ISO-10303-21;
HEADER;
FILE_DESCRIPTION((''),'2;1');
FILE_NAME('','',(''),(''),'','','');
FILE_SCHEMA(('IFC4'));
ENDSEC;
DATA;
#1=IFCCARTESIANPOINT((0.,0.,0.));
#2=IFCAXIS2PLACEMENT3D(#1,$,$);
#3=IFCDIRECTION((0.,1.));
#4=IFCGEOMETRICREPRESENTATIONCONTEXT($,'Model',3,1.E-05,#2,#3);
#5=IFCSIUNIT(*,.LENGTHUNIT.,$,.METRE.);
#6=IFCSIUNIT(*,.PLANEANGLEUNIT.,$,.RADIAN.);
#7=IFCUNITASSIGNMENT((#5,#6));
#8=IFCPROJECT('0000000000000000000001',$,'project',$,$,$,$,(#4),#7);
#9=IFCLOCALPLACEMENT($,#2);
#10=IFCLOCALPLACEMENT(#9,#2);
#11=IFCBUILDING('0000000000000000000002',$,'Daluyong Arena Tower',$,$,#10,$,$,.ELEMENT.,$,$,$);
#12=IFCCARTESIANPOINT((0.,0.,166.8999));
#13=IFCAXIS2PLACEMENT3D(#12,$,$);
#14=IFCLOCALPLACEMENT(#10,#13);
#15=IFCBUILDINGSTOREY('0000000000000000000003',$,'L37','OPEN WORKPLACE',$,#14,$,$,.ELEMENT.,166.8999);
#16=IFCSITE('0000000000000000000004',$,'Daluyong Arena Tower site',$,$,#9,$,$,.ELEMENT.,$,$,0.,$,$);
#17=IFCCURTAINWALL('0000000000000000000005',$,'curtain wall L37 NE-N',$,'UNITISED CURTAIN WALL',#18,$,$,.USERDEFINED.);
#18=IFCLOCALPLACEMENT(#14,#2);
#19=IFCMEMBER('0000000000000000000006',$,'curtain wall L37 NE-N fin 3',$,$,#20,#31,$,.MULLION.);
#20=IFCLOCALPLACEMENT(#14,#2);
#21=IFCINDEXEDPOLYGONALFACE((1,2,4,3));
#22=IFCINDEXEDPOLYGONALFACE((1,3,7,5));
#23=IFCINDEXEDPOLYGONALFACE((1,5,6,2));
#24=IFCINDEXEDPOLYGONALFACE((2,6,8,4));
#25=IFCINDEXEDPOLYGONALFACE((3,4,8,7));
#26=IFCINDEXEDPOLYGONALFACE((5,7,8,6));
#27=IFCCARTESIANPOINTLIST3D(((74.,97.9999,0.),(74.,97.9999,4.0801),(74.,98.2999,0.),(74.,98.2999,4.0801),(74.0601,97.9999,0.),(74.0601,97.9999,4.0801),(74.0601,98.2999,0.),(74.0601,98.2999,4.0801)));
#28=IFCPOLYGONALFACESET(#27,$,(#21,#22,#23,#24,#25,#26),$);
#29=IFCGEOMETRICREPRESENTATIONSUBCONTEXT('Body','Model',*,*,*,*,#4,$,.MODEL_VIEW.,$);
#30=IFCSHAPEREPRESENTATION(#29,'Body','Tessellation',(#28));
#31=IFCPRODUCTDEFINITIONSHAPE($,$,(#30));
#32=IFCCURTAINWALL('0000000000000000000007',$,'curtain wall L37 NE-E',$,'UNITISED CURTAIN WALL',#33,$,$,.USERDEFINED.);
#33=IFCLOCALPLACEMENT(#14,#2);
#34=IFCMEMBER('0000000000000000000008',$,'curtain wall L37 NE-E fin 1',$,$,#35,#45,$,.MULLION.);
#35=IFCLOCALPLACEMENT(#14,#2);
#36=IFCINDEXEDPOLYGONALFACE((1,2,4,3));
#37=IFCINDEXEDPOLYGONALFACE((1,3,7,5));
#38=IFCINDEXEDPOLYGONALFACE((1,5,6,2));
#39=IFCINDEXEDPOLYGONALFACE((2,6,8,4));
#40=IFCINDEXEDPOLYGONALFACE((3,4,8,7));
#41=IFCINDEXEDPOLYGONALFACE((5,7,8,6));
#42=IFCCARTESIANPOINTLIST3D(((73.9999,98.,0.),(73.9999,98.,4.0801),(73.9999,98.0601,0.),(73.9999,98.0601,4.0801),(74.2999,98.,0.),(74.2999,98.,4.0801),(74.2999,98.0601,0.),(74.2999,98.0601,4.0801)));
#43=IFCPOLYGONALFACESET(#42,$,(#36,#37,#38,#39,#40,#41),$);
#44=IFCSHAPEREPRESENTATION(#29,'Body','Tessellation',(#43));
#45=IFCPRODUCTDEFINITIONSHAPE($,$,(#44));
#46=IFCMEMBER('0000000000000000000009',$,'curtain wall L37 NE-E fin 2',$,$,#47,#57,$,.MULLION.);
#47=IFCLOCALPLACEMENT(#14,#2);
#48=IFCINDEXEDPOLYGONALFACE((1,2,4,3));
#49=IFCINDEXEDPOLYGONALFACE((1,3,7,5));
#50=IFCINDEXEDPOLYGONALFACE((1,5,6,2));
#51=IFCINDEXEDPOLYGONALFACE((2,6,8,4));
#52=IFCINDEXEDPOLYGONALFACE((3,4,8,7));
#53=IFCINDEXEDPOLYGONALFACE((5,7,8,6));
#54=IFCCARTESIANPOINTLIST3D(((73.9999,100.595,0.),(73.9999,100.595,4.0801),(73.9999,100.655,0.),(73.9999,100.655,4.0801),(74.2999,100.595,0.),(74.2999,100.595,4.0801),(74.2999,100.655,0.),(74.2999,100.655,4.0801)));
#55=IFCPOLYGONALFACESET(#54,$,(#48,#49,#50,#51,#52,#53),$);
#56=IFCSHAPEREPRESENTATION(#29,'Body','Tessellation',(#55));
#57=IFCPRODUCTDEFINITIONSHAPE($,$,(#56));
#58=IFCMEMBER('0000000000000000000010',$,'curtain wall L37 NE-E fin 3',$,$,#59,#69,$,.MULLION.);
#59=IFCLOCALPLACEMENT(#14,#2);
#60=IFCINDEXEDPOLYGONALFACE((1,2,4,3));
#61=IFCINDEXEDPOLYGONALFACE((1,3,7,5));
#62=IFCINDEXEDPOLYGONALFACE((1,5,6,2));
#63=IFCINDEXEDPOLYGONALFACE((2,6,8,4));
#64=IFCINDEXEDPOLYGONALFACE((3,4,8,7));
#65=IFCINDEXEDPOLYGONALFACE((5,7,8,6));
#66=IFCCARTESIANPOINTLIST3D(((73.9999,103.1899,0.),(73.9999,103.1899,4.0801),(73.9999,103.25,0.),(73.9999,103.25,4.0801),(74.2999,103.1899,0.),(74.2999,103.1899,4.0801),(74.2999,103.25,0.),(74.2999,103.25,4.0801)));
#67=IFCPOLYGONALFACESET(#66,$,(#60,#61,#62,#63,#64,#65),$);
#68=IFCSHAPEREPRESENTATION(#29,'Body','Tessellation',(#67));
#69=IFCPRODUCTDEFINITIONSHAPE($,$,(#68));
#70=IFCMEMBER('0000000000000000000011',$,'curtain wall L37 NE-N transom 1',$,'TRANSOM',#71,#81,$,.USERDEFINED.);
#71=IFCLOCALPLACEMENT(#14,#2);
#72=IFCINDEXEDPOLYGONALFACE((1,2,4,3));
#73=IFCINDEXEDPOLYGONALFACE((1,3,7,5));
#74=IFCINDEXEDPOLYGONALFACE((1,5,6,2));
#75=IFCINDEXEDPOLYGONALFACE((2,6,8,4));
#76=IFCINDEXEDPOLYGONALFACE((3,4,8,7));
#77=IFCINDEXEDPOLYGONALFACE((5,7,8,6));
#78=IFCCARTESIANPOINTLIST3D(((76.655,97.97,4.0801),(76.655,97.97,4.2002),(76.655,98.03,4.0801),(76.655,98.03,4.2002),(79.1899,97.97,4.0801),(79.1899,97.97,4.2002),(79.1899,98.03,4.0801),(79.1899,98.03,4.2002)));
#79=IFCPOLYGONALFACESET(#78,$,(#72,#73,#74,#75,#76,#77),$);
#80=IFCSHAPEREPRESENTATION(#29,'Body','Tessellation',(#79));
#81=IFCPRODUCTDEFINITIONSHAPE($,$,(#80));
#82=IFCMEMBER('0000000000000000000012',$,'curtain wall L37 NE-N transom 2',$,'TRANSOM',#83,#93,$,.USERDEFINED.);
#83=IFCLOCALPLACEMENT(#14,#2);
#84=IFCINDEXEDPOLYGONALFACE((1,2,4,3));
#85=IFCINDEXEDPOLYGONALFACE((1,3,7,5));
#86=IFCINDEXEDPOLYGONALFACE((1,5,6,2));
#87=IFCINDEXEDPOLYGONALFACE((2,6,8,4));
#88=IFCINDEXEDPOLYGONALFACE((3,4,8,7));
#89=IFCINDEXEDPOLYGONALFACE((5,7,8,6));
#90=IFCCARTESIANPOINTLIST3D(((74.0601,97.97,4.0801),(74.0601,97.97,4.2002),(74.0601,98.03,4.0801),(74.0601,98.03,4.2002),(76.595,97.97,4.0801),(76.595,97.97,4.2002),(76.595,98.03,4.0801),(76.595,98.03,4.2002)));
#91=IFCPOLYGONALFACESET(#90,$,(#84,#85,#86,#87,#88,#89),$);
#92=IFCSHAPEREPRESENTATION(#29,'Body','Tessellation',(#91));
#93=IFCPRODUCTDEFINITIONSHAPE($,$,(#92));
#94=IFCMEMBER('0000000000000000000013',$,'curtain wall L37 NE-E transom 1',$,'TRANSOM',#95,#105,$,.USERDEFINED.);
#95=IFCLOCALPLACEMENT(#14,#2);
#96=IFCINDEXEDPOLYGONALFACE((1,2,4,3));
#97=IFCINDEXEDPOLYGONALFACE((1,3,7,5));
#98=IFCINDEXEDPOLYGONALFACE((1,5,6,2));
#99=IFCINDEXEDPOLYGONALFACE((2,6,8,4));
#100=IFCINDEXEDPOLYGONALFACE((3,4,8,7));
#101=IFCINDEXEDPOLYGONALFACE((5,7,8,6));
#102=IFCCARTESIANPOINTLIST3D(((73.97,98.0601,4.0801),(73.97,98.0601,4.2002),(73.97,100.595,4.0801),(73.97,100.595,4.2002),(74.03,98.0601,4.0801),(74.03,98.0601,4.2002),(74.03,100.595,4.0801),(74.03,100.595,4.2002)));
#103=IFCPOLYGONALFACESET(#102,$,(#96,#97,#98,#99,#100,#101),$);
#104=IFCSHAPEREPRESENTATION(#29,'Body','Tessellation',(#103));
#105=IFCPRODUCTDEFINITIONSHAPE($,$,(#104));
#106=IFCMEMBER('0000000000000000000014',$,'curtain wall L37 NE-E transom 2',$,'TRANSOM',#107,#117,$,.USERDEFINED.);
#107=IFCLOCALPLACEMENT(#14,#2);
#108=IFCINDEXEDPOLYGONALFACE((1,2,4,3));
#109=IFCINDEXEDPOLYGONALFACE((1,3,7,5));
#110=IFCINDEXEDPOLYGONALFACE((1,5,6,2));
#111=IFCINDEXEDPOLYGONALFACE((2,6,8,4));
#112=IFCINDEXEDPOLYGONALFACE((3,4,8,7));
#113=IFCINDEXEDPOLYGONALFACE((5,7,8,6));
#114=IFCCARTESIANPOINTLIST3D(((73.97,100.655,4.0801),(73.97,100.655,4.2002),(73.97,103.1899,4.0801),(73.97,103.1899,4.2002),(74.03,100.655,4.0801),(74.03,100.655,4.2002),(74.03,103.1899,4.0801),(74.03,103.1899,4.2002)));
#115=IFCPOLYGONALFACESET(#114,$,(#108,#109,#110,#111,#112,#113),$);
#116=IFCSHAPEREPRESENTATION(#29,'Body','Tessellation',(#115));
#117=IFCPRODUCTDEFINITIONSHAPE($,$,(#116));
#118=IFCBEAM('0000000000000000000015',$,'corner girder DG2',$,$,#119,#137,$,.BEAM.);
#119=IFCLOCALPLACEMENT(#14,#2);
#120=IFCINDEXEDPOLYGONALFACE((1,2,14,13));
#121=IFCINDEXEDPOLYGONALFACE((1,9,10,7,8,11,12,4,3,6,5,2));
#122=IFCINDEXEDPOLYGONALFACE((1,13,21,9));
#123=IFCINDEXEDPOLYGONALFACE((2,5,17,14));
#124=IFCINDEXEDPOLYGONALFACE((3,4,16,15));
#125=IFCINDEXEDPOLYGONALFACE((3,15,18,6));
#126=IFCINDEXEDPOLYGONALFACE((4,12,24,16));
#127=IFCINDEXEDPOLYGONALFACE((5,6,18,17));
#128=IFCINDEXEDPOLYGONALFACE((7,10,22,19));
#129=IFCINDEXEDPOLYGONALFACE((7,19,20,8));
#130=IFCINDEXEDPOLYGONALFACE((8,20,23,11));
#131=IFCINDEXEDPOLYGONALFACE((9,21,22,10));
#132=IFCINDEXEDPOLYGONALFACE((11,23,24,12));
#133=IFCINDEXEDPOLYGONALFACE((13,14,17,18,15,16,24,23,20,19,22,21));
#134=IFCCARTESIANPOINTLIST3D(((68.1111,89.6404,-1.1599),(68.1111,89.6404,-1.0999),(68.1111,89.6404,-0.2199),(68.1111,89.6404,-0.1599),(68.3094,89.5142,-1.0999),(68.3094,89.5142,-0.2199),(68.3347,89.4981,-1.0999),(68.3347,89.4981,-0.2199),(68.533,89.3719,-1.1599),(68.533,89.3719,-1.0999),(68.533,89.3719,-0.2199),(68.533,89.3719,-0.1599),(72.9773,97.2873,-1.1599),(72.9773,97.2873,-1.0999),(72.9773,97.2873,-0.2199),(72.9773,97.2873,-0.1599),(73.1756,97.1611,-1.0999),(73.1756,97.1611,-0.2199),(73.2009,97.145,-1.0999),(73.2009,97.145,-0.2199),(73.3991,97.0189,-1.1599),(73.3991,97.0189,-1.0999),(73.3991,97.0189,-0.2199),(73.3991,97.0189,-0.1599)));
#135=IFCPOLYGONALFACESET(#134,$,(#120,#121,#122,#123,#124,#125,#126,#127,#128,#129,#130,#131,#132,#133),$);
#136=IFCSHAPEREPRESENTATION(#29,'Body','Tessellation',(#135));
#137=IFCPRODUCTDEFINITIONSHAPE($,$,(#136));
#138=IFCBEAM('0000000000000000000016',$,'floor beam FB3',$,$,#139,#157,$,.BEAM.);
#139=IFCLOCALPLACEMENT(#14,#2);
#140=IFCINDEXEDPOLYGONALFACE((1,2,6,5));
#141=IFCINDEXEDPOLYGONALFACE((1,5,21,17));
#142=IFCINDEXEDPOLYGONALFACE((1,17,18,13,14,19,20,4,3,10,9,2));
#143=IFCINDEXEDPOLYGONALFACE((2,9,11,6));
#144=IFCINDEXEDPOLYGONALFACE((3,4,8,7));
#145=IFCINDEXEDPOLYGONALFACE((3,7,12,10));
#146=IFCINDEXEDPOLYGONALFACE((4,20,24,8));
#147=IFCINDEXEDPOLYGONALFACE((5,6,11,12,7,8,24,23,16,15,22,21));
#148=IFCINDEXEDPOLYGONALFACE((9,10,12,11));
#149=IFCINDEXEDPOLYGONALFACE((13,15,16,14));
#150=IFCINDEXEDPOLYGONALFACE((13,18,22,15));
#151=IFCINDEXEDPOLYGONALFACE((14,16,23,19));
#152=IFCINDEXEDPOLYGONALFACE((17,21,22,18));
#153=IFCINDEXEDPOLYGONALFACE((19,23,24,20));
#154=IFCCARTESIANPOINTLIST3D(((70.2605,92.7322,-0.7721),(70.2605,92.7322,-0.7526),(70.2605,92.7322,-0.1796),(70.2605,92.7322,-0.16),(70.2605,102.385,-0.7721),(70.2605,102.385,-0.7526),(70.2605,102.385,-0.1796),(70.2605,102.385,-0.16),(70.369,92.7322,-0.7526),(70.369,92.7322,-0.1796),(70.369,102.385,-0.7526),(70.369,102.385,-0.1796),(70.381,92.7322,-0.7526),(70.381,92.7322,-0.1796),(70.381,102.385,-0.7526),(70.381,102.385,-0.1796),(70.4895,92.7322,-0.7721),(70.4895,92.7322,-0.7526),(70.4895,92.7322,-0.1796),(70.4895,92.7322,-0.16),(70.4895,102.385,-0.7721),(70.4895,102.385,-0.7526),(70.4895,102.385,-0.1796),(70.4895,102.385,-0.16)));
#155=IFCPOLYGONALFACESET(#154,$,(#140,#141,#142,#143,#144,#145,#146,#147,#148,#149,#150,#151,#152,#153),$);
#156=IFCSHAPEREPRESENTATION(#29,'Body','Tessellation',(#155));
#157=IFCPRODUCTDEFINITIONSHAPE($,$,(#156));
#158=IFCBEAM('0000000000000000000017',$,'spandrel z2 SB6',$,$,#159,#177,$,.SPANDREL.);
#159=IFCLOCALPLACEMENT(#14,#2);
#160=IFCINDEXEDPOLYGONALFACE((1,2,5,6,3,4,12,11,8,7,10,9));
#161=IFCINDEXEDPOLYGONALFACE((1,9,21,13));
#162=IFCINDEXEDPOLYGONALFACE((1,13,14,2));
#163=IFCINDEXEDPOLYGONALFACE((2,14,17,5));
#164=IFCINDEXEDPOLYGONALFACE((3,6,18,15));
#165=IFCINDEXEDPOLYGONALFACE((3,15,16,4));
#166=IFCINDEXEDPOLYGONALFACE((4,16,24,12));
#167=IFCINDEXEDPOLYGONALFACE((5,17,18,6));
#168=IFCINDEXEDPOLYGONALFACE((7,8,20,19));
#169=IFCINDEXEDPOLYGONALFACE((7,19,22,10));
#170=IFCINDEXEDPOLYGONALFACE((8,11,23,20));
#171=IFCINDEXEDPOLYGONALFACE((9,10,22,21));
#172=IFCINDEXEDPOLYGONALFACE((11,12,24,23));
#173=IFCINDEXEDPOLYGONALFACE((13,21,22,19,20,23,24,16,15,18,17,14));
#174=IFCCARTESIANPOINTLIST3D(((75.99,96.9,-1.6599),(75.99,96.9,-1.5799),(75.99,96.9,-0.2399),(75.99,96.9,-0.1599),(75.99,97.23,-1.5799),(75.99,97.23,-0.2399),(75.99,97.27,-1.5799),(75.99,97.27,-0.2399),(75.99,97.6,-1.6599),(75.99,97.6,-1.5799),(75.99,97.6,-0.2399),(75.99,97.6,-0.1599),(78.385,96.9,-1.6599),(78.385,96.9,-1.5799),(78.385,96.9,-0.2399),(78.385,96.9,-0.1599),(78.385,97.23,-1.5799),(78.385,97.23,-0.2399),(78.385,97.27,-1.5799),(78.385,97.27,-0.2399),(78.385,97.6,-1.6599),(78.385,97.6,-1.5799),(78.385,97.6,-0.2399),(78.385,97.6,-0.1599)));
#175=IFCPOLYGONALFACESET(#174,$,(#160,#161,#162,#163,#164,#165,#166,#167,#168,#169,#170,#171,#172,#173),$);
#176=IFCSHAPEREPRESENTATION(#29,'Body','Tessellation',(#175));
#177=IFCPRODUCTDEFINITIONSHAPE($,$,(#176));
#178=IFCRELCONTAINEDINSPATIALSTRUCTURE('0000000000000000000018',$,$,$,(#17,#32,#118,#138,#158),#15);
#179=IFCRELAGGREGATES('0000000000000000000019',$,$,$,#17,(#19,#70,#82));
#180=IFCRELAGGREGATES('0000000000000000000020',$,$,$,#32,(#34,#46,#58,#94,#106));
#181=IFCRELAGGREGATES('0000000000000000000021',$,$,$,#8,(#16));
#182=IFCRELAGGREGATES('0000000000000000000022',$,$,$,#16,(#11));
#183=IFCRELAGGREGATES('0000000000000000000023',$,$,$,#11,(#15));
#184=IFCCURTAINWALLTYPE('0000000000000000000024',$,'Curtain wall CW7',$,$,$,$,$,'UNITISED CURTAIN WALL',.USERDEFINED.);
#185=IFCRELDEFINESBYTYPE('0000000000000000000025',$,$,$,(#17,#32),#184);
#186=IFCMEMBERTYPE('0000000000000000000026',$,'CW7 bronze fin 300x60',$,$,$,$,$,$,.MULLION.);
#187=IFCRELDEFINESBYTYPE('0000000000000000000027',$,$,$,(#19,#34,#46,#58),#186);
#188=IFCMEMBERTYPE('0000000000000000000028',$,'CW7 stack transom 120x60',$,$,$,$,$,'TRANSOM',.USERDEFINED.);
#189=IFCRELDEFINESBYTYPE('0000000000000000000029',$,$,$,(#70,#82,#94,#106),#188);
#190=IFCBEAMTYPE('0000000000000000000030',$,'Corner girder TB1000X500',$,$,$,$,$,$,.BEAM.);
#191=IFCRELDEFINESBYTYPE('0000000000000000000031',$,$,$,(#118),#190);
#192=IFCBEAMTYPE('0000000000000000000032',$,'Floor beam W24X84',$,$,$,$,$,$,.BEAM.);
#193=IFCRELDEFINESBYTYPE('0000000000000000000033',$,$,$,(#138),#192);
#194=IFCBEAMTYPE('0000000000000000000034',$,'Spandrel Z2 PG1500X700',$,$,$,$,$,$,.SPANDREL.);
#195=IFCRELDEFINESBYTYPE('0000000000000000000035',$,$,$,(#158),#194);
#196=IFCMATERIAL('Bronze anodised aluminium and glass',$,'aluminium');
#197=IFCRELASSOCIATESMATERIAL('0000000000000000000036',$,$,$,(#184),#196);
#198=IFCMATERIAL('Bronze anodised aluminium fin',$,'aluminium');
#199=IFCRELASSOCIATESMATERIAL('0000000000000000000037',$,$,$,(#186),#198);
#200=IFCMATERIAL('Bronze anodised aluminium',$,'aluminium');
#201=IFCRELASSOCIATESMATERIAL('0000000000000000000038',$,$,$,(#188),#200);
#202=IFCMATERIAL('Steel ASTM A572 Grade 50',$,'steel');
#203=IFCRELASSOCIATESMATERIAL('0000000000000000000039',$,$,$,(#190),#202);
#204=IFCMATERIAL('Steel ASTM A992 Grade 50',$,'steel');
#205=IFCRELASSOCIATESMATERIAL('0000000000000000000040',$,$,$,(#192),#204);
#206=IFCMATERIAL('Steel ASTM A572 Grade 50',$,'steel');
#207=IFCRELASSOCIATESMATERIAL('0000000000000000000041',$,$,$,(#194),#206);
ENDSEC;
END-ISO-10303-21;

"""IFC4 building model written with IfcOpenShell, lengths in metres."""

from ifc_helpers import new_model, si_unit, direction, frame, origin, origin_2d, place, context, subcontext, project, spatial, rectangle, i_section, extrude, material, material_profile, profile_set, type_object, element, aggregate, save


model = new_model("IFC4")

# Units and contexts
model_context = context("Model", 3, precision=1e-05, world=origin(), true_north=direction((0.0, 1.0)))
body_context = subcontext(model_context, "Body", "Model", "MODEL_VIEW")
ifc_project = project(units=[si_unit("LENGTHUNIT", "METRE"), si_unit("PLANEANGLEUNIT", "RADIAN")], contexts=[model_context])

# Site, building, storey
site_placement = place(None, origin())
site = spatial("IfcSite", under=ifc_project, at=site_placement, Name="Daluyong Arena Tower site", CompositionType="ELEMENT", RefElevation=0.0)
building_placement = place(site_placement, origin())
building = spatial("IfcBuilding", under=site, at=building_placement, Name="Daluyong Arena Tower", CompositionType="ELEMENT")
storey_placement = place(building_placement, frame((0.0, 0.0, 166.8999)))
storey = spatial("IfcBuildingStorey", under=building, at=storey_placement, Name="L37", Description="OPEN WORKPLACE", CompositionType="ELEMENT", Elevation=166.8999)

# Curtain walls, members
ifc_material_1 = material(Name="Bronze anodised aluminium and glass", Category="aluminium")
curtain_wall_type_1 = type_object("IfcCurtainWallType", Name="Curtain wall CW7", ElementType="UNITISED CURTAIN WALL", PredefinedType="USERDEFINED", material=ifc_material_1)
curtain_wall_1_placement = place(storey_placement, origin())
curtain_wall_1 = element("IfcCurtainWall", 1, at=curtain_wall_1_placement, inside=storey, type_object=curtain_wall_type_1, Name="curtain wall L37 NE-N", ObjectType="UNITISED CURTAIN WALL", PredefinedType="USERDEFINED")
ifc_material_2 = material(Name="Bronze anodised aluminium fin", Category="aluminium")
ifc_material_profile_1 = material_profile(ifc_material_2, rectangle(XDim=0.3, YDim=0.0601, at=origin_2d()))
ifc_profile_set_1 = profile_set([ifc_material_profile_1], Name="Bronze anodised aluminium fin")
member_type_1 = type_object("IfcMemberType", Name="CW7 bronze fin 300x60", PredefinedType="MULLION", material=ifc_profile_set_1)
member_1_placement = place(storey_placement, frame((74.03, 98.1499, 0.0), z_axis=(0.0, 0.0, 1.0), x_axis=(0.0, -1.0, 0.0)))
member_1 = element("IfcMember", 2, at=member_1_placement, type_object=member_type_1, Name="curtain wall L37 NE-N fin 3", PredefinedType="MULLION", context=body_context, shape_type="SweptSolid", body=[
    extrude(rectangle(XDim=0.3, YDim=0.0601, at=origin_2d()), origin(), (0.0, 0.0, 1.0), 4.0801),
])
curtain_wall_2_placement = place(storey_placement, origin())
curtain_wall_2 = element("IfcCurtainWall", 3, at=curtain_wall_2_placement, inside=storey, type_object=curtain_wall_type_1, Name="curtain wall L37 NE-E", ObjectType="UNITISED CURTAIN WALL", PredefinedType="USERDEFINED")
member_2_placement = place(storey_placement, frame((74.1499, 98.03, 0.0), z_axis=(0.0, 0.0, 1.0), x_axis=(-1.0, 0.0, 0.0)))
member_2 = element("IfcMember", 4, at=member_2_placement, type_object=member_type_1, Name="curtain wall L37 NE-E fin 1", PredefinedType="MULLION", context=body_context, shape_type="SweptSolid", body=[
    extrude(rectangle(XDim=0.3, YDim=0.0601, at=origin_2d()), origin(), (0.0, 0.0, 1.0), 4.0801),
])
member_3_placement = place(storey_placement, frame((74.1499, 100.625, 0.0), z_axis=(0.0, 0.0, 1.0), x_axis=(-1.0, 0.0, 0.0)))
member_3 = element("IfcMember", 5, at=member_3_placement, type_object=member_type_1, Name="curtain wall L37 NE-E fin 2", PredefinedType="MULLION", context=body_context, shape_type="SweptSolid", body=[
    extrude(rectangle(XDim=0.3, YDim=0.0601, at=origin_2d()), origin(), (0.0, 0.0, 1.0), 4.0801),
])
member_4_placement = place(storey_placement, frame((74.1499, 103.22, 0.0), z_axis=(0.0, 0.0, 1.0), x_axis=(-1.0, 0.0, 0.0)))
member_4 = element("IfcMember", 6, at=member_4_placement, type_object=member_type_1, Name="curtain wall L37 NE-E fin 3", PredefinedType="MULLION", context=body_context, shape_type="SweptSolid", body=[
    extrude(rectangle(XDim=0.3, YDim=0.0601, at=origin_2d()), origin(), (0.0, 0.0, 1.0), 4.0801),
])

# Members
ifc_material_3 = material(Name="Bronze anodised aluminium", Category="aluminium")
ifc_material_profile_2 = material_profile(ifc_material_3, rectangle(XDim=0.0601, YDim=0.1201, at=origin_2d()))
ifc_profile_set_2 = profile_set([ifc_material_profile_2], Name="Bronze anodised aluminium")
member_type_2 = type_object("IfcMemberType", Name="CW7 stack transom 120x60", ElementType="TRANSOM", PredefinedType="USERDEFINED", material=ifc_profile_set_2)
member_5_placement = place(storey_placement, frame((79.1899, 98.0, 4.1401), z_axis=(-1.0, 0.0, 0.0), x_axis=(0.0, -1.0, 0.0)))
member_5 = element("IfcMember", 7, at=member_5_placement, type_object=member_type_2, Name="curtain wall L37 NE-N transom 1", ObjectType="TRANSOM", PredefinedType="USERDEFINED", context=body_context, shape_type="SweptSolid", body=[
    extrude(rectangle(XDim=0.0601, YDim=0.1201, at=origin_2d()), origin(), (0.0, 0.0, 1.0), 2.5349),
])
member_6_placement = place(storey_placement, frame((76.595, 98.0, 4.1401), z_axis=(-1.0, 0.0, 0.0), x_axis=(0.0, -1.0, 0.0)))
member_6 = element("IfcMember", 8, at=member_6_placement, type_object=member_type_2, Name="curtain wall L37 NE-N transom 2", ObjectType="TRANSOM", PredefinedType="USERDEFINED", context=body_context, shape_type="SweptSolid", body=[
    extrude(rectangle(XDim=0.0601, YDim=0.1201, at=origin_2d()), origin(), (0.0, 0.0, 1.0), 2.5349),
])
member_7_placement = place(storey_placement, frame((74.0, 98.0601, 4.1401), z_axis=(0.0, 1.0, 0.0), x_axis=(-1.0, 0.0, 0.0)))
member_7 = element("IfcMember", 9, at=member_7_placement, type_object=member_type_2, Name="curtain wall L37 NE-E transom 1", ObjectType="TRANSOM", PredefinedType="USERDEFINED", context=body_context, shape_type="SweptSolid", body=[
    extrude(rectangle(XDim=0.0601, YDim=0.1201, at=origin_2d()), origin(), (0.0, 0.0, 1.0), 2.5349),
])
member_8_placement = place(storey_placement, frame((74.0, 100.655, 4.1401), z_axis=(0.0, 1.0, 0.0), x_axis=(-1.0, 0.0, 0.0)))
member_8 = element("IfcMember", 10, at=member_8_placement, type_object=member_type_2, Name="curtain wall L37 NE-E transom 2", ObjectType="TRANSOM", PredefinedType="USERDEFINED", context=body_context, shape_type="SweptSolid", body=[
    extrude(rectangle(XDim=0.0601, YDim=0.1201, at=origin_2d()), origin(), (0.0, 0.0, 1.0), 2.5349),
])

# Beams
ifc_material_4 = material(Name="Steel ASTM A572 Grade 50", Category="steel")
ifc_material_profile_3 = material_profile(ifc_material_4, i_section(OverallWidth=0.5, OverallDepth=1.0, WebThickness=0.03, FlangeThickness=0.06, at=origin_2d()))
ifc_profile_set_3 = profile_set([ifc_material_profile_3], Name="Steel ASTM A572 Grade 50")
beam_type_1 = type_object("IfcBeamType", Name="Corner girder TB1000X500", PredefinedType="BEAM", material=ifc_profile_set_3)
beam_1_placement = place(storey_placement, frame((73.1882, 97.1531, -0.6599), z_axis=(-0.536872, -0.843664, 0.0), x_axis=(0.843664, -0.536872, 0.0)))
element("IfcBeam", 11, at=beam_1_placement, inside=storey, type_object=beam_type_1, Name="corner girder DG2", PredefinedType="BEAM", context=body_context, shape_type="SweptSolid", body=[
    extrude(i_section(OverallWidth=0.5, OverallDepth=1.0, WebThickness=0.03, FlangeThickness=0.06, at=origin_2d()), origin(), (0.0, 0.0, 1.0), 9.064),
])
ifc_material_5 = material(Name="Steel ASTM A992 Grade 50", Category="steel")
ifc_material_profile_4 = material_profile(ifc_material_5, i_section(OverallWidth=0.229, OverallDepth=0.6121, WebThickness=0.012, FlangeThickness=0.0195, at=origin_2d()))
ifc_profile_set_4 = profile_set([ifc_material_profile_4], Name="Steel ASTM A992 Grade 50")
beam_type_2 = type_object("IfcBeamType", Name="Floor beam W24X84", PredefinedType="BEAM", material=ifc_profile_set_4)
beam_2_placement = place(storey_placement, frame((70.375, 102.385, -0.4661), z_axis=(0.0, -1.0, 0.0), x_axis=(1.0, 0.0, 0.0)))
element("IfcBeam", 12, at=beam_2_placement, inside=storey, type_object=beam_type_2, Name="floor beam FB3", PredefinedType="BEAM", context=body_context, shape_type="SweptSolid", body=[
    extrude(i_section(OverallWidth=0.229, OverallDepth=0.6121, WebThickness=0.012, FlangeThickness=0.0195, at=origin_2d()), origin(), (0.0, 0.0, 1.0), 9.6528),
])
ifc_material_6 = material(Name="Steel ASTM A572 Grade 50", Category="steel")
ifc_material_profile_5 = material_profile(ifc_material_6, i_section(OverallWidth=0.7, OverallDepth=1.5, WebThickness=0.04, FlangeThickness=0.08, at=origin_2d()))
ifc_profile_set_5 = profile_set([ifc_material_profile_5], Name="Steel ASTM A572 Grade 50")
beam_type_3 = type_object("IfcBeamType", Name="Spandrel Z2 PG1500X700", PredefinedType="SPANDREL", material=ifc_profile_set_5)
for number, where, z_axis, x_axis, name in (
    (13, (78.385, 97.25, -0.9099), (-1.0, 0.0, 0.0), (0.0, -1.0, 0.0), "spandrel z2 SB6"),
):
    element("IfcBeam", number, at=place(storey_placement, frame(where, z_axis=z_axis, x_axis=x_axis)), inside=storey, type_object=beam_type_3, Name=name, PredefinedType="SPANDREL", context=body_context, shape_type="SweptSolid", body=[
        extrude(i_section(OverallWidth=0.7, OverallDepth=1.5, WebThickness=0.04, FlangeThickness=0.08, at=origin_2d()), origin(), (0.0, 0.0, 1.0), 2.395),
    ])

aggregate(curtain_wall_1, [member_1, member_5, member_6])
aggregate(curtain_wall_2, [member_2, member_3, member_4, member_7, member_8])

save(model, "model.ifc")
